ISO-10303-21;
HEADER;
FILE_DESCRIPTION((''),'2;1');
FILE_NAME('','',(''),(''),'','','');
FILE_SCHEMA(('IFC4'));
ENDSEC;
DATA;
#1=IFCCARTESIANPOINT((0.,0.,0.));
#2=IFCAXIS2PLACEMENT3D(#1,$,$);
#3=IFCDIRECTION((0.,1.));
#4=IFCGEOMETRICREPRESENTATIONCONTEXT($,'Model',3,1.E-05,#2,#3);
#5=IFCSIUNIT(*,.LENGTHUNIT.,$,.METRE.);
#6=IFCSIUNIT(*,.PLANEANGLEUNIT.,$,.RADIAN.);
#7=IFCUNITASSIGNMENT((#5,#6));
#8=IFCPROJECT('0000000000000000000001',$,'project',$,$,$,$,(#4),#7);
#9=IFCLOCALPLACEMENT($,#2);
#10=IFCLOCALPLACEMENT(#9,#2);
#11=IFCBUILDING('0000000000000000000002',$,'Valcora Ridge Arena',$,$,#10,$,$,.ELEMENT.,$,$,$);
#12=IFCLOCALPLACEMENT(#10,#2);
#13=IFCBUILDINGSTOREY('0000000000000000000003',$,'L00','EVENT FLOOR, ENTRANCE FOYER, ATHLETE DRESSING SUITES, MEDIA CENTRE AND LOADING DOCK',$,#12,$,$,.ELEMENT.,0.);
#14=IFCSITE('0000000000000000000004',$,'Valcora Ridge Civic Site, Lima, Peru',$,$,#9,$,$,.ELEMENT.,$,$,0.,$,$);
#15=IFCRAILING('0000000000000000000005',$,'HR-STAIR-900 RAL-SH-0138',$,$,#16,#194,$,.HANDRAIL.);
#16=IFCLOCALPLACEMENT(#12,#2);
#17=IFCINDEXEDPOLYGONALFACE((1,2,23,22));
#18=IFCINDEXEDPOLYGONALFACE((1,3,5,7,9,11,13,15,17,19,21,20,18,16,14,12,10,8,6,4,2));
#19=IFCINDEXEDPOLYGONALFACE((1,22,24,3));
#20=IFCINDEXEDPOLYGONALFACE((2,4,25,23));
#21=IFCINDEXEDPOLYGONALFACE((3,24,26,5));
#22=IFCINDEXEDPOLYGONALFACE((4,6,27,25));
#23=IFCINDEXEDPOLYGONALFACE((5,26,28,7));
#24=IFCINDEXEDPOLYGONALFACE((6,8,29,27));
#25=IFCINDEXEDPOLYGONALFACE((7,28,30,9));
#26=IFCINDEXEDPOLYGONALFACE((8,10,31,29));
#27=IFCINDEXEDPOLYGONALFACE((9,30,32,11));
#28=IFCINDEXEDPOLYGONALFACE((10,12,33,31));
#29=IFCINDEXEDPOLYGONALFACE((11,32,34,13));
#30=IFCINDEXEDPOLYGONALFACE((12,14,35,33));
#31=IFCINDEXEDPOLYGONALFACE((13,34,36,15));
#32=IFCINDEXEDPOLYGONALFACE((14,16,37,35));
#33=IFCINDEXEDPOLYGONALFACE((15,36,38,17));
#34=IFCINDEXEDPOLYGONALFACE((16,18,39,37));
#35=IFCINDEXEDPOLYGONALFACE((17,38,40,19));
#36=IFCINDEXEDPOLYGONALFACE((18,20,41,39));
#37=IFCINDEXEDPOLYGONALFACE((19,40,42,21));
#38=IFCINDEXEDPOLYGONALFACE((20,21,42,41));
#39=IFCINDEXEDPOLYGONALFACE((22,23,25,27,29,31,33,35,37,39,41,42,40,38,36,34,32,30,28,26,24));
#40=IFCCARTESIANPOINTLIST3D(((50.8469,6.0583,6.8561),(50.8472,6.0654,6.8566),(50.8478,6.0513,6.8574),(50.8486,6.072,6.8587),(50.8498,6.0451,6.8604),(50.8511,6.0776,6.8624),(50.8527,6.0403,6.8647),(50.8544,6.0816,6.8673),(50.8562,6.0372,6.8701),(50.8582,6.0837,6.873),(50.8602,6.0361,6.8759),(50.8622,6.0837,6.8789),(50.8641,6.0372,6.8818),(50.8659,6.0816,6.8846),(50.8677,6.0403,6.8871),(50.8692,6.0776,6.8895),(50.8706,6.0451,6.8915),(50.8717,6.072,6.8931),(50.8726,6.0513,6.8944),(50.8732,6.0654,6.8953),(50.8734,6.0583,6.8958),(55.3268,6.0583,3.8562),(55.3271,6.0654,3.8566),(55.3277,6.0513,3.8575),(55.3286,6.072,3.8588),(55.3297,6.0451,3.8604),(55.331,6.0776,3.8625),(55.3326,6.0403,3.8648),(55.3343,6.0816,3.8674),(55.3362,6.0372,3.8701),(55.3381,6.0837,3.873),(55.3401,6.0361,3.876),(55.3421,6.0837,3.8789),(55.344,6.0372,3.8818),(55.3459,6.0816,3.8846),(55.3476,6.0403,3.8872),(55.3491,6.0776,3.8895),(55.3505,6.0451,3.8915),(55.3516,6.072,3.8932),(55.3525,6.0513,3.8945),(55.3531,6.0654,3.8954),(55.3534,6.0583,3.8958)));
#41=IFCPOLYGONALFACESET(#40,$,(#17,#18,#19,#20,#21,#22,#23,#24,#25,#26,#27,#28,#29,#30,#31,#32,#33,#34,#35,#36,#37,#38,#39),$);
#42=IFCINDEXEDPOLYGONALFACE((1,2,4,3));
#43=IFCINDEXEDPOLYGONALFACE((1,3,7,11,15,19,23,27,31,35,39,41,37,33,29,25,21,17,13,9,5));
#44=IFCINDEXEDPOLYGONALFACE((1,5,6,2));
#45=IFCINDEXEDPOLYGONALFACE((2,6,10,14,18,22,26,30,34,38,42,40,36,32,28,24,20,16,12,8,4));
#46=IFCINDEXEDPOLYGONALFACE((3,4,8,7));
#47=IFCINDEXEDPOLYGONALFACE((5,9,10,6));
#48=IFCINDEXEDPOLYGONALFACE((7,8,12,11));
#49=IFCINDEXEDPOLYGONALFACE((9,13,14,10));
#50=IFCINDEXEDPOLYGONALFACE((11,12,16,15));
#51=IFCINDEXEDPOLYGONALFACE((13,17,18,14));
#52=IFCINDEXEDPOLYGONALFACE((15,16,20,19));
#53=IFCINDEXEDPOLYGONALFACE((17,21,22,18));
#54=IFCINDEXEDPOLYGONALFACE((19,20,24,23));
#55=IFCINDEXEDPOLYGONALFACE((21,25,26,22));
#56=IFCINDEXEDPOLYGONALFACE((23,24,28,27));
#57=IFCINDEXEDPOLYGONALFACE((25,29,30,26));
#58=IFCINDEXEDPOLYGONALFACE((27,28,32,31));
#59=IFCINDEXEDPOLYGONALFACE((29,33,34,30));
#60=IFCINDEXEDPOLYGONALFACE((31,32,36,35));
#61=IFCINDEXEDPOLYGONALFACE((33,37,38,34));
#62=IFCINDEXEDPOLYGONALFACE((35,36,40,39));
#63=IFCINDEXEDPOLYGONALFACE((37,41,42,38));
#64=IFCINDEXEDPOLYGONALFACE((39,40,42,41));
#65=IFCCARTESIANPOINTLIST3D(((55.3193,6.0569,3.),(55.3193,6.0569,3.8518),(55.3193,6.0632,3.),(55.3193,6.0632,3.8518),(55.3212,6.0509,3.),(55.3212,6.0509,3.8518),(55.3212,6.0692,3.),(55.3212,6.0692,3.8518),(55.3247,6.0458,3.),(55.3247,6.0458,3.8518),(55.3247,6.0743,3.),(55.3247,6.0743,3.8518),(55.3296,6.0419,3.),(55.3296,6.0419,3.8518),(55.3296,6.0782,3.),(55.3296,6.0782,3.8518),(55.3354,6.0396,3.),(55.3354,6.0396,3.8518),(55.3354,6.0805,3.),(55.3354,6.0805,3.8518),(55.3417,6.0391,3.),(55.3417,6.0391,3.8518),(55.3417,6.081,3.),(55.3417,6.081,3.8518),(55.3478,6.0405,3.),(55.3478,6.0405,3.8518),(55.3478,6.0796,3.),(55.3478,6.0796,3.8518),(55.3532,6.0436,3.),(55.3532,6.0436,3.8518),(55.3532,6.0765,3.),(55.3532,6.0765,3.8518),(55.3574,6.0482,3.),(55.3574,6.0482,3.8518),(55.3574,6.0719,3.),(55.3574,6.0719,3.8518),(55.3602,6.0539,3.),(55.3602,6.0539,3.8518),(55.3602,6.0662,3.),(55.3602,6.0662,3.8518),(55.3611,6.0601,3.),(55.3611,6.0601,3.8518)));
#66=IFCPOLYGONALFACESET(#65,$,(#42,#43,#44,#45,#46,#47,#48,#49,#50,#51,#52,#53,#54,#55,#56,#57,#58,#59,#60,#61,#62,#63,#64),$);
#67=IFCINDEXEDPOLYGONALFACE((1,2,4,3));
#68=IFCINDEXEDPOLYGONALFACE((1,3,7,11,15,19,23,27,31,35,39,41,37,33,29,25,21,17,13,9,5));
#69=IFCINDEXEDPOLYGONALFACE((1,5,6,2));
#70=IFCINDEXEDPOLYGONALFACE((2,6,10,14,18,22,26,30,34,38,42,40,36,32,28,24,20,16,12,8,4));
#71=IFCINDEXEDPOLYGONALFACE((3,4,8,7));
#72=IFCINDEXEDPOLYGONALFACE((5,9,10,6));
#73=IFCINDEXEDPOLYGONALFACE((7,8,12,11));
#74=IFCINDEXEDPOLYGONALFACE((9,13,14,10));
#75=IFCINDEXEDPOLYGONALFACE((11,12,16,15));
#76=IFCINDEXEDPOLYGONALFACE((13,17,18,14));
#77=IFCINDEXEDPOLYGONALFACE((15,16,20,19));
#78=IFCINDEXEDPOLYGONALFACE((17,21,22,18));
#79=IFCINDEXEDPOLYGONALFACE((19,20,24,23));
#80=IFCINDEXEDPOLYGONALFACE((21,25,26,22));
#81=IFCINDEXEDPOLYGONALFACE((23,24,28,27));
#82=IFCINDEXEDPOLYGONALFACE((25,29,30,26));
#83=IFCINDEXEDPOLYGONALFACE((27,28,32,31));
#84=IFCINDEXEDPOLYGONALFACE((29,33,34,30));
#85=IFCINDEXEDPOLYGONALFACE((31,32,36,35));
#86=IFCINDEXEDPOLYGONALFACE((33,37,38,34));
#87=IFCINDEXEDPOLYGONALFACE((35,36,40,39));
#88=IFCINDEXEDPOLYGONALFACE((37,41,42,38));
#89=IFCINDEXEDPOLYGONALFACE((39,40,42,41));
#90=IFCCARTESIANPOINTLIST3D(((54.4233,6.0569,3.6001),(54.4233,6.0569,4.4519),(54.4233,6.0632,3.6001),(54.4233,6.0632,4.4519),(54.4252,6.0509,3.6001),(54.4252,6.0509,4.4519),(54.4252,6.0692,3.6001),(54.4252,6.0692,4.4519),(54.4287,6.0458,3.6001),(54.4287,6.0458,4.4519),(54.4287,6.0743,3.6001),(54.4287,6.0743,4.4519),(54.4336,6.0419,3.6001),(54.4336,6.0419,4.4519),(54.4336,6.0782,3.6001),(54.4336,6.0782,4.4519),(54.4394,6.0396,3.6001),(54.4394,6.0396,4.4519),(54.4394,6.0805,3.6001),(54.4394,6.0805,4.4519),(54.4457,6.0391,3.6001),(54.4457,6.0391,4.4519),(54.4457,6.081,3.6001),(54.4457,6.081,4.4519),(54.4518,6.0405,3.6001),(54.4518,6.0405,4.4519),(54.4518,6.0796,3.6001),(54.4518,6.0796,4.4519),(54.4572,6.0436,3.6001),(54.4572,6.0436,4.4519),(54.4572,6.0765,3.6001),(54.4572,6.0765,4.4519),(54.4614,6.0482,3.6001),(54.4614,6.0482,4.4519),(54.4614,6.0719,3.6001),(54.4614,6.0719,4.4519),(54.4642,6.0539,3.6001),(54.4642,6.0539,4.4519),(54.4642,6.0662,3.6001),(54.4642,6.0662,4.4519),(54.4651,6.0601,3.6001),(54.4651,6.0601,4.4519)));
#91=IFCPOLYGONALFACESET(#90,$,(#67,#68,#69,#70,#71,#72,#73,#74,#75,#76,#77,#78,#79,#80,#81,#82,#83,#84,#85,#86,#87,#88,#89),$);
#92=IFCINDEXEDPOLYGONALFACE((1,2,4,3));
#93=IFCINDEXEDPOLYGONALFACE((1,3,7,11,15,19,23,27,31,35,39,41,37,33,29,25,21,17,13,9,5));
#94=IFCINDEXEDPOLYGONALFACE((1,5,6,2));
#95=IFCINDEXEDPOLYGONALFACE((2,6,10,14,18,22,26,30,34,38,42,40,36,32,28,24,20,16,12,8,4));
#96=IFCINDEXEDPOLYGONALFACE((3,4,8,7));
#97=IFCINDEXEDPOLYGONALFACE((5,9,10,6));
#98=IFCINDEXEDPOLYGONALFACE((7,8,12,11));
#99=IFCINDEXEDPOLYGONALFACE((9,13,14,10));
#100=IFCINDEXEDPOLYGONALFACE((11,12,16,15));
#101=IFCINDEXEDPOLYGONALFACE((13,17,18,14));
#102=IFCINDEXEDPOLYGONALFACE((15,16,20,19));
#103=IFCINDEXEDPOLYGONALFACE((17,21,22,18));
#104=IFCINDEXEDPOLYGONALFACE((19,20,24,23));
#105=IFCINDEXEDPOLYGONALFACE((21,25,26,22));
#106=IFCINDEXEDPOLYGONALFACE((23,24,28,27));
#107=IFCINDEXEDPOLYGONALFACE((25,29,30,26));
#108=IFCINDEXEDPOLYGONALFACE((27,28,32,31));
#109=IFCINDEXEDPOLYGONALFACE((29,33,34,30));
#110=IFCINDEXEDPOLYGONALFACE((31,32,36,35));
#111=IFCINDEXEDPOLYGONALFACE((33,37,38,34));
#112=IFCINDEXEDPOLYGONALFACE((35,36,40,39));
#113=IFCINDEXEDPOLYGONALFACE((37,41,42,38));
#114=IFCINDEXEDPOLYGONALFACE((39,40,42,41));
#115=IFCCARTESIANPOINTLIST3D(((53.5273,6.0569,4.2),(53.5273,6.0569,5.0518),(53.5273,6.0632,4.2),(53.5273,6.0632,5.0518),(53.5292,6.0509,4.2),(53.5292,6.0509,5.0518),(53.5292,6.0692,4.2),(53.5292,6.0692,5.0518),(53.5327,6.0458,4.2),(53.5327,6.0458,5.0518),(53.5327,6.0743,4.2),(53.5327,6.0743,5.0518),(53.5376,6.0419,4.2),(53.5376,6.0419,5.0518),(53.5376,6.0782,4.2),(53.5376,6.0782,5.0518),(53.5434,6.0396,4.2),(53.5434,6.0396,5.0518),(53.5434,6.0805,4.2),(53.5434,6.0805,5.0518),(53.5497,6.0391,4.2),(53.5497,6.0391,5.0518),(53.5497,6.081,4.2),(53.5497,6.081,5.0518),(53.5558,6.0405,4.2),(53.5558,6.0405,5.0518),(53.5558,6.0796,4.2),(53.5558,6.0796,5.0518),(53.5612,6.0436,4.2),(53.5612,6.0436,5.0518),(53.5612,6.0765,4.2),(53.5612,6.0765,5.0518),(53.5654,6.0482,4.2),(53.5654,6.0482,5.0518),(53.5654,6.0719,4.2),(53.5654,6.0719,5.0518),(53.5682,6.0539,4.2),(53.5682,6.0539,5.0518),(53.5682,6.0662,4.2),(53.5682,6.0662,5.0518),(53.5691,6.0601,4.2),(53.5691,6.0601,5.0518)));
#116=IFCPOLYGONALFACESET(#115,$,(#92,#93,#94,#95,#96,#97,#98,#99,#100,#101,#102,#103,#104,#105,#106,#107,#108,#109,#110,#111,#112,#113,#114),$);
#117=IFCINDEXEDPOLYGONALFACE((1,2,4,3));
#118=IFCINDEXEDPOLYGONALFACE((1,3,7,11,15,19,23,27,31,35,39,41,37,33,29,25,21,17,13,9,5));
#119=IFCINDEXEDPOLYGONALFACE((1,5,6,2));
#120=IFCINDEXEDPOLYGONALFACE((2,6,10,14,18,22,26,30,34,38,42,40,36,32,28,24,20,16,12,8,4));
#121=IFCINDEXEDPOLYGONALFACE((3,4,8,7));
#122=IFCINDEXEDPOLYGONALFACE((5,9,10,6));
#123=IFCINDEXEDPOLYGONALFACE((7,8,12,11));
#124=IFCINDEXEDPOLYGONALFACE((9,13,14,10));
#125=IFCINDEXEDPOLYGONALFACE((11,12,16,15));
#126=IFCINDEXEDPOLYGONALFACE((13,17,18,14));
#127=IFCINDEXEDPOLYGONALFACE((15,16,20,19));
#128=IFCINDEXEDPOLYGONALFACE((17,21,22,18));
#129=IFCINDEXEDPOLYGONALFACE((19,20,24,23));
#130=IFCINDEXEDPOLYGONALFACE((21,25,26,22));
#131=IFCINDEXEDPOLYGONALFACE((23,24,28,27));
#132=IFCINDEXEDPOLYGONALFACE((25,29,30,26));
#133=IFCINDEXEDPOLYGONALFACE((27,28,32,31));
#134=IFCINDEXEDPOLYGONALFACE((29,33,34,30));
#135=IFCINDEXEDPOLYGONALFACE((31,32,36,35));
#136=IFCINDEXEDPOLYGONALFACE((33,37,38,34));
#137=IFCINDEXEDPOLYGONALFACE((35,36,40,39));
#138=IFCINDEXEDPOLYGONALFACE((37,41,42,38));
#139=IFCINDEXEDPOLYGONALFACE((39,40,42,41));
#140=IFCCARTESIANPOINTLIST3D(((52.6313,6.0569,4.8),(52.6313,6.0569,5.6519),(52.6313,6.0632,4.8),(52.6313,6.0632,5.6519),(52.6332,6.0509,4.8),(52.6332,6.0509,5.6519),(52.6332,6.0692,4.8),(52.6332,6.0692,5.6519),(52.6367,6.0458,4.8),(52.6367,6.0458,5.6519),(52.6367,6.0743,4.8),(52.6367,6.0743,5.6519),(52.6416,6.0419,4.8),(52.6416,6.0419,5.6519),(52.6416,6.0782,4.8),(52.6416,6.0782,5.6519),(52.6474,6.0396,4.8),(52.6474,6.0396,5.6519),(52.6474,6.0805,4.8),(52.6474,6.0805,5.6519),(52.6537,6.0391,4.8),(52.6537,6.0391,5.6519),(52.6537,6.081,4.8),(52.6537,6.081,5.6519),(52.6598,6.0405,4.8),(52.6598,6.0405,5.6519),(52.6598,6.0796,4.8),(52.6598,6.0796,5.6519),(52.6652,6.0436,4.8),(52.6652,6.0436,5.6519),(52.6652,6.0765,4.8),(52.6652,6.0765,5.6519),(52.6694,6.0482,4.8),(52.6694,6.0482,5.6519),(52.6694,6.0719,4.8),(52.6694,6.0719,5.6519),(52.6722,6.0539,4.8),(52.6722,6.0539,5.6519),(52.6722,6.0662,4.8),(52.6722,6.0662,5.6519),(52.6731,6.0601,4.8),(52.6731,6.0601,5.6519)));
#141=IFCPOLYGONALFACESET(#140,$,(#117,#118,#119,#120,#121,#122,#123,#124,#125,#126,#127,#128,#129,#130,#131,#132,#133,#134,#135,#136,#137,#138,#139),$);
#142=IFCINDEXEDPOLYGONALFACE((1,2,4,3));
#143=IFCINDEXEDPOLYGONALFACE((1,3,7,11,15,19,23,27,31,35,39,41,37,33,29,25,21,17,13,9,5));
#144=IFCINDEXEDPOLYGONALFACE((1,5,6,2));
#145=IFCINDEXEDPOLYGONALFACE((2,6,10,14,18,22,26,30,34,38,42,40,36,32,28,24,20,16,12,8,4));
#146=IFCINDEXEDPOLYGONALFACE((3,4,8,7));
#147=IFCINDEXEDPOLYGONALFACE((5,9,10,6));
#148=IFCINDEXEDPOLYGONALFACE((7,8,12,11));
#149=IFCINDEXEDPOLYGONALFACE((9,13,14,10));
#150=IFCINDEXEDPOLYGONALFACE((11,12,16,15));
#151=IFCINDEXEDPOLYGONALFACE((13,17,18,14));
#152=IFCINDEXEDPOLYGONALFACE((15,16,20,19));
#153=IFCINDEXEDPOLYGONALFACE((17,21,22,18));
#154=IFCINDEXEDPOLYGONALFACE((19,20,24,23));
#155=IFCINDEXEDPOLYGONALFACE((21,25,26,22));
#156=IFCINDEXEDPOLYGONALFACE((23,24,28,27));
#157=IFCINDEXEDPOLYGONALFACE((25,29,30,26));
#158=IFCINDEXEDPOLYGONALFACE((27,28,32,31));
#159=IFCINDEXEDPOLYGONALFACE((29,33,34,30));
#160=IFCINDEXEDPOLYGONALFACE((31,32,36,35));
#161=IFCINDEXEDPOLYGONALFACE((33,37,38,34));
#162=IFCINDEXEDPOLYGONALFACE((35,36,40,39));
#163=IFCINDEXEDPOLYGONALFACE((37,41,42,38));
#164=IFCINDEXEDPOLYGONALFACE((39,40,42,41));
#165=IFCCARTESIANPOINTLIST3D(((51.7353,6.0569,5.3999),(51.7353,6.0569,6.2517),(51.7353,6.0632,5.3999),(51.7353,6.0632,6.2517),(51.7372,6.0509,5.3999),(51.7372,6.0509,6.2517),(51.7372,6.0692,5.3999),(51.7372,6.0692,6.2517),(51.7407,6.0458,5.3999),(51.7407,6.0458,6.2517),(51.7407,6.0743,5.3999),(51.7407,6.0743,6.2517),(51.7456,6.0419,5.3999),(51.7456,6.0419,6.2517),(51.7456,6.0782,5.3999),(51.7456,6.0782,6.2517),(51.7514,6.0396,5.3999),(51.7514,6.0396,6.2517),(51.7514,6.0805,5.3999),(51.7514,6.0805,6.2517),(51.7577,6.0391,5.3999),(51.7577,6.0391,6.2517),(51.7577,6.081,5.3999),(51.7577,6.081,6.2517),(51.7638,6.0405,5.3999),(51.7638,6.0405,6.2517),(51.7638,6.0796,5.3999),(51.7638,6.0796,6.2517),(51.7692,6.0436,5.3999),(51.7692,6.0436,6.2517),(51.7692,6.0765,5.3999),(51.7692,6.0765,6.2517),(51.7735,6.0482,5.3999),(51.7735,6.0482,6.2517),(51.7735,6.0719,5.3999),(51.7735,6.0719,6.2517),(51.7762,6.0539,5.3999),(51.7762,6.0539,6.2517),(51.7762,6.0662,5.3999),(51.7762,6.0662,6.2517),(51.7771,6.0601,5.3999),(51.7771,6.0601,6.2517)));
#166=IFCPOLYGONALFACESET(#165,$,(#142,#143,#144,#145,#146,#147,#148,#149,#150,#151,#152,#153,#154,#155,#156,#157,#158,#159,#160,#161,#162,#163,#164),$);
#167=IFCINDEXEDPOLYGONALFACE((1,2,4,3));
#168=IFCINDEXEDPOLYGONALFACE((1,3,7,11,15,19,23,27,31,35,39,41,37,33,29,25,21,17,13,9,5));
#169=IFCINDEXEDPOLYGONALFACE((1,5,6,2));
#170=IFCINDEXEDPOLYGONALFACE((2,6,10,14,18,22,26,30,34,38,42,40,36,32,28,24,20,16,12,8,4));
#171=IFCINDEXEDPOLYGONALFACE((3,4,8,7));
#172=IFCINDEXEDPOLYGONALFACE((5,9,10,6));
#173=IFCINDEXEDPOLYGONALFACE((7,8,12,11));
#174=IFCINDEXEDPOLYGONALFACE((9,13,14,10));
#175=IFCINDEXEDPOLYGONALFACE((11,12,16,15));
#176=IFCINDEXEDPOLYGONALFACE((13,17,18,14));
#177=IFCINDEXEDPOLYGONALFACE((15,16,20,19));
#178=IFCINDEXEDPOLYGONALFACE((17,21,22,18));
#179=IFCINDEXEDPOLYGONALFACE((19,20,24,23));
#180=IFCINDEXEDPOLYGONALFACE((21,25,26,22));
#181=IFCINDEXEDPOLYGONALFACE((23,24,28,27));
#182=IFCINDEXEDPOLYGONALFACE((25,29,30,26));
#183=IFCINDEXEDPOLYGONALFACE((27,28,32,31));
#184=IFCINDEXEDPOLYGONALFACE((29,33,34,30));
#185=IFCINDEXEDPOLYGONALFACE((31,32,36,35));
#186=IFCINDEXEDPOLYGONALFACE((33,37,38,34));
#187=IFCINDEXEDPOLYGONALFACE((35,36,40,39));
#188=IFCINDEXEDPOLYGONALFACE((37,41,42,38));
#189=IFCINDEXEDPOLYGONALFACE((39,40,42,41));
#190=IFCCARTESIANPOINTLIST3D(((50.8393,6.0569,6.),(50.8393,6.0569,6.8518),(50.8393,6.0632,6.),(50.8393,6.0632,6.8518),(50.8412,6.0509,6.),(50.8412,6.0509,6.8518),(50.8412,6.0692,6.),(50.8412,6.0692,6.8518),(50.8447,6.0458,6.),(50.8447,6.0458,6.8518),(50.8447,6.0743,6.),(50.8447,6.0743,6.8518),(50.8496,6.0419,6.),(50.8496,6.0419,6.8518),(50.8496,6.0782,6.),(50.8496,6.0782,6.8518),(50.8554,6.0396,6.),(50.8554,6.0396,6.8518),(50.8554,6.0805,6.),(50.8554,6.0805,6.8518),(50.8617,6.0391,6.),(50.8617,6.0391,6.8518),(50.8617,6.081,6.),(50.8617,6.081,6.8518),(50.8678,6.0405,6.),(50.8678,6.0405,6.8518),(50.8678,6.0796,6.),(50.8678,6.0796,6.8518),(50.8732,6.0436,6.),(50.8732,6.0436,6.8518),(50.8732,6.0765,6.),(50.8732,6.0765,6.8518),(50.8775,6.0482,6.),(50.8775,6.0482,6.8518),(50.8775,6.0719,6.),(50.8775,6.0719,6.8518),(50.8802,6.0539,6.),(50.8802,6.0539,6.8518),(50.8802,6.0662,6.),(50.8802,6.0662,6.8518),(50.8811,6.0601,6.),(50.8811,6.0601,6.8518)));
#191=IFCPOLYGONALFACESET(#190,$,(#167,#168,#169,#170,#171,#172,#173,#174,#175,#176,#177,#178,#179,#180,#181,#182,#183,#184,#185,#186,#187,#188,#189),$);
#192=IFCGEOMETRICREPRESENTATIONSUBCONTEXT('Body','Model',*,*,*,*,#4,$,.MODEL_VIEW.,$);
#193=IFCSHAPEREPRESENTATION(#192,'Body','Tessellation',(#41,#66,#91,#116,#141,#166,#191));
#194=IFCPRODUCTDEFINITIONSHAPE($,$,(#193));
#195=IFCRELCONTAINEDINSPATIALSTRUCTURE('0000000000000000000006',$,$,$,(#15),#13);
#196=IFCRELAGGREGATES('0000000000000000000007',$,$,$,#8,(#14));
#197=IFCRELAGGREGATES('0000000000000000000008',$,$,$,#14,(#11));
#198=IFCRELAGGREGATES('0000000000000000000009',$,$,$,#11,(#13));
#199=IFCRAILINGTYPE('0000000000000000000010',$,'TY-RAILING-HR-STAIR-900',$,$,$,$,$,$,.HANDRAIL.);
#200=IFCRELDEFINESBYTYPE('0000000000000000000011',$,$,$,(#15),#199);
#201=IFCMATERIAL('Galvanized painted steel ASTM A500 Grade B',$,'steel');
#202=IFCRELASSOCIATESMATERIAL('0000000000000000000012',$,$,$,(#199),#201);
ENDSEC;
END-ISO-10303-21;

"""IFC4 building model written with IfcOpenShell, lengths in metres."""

from ifc_helpers import new_model, si_unit, direction, frame, origin, origin_2d, place, context, subcontext, project, spatial, circle, extrude, material, type_object, element, save


model = new_model("IFC4")

# Units and contexts
model_context = context("Model", 3, precision=1e-05, world=origin(), true_north=direction((0.0, 1.0)))
body_context = subcontext(model_context, "Body", "Model", "MODEL_VIEW")
ifc_project = project(units=[si_unit("LENGTHUNIT", "METRE"), si_unit("PLANEANGLEUNIT", "RADIAN")], contexts=[model_context])

# Site, building, storey
site_placement = place(None, origin())
site = spatial("IfcSite", under=ifc_project, at=site_placement, Name="Valcora Ridge Civic Site, Lima, Peru", CompositionType="ELEMENT", RefElevation=0.0)
building_placement = place(site_placement, origin())
building = spatial("IfcBuilding", under=site, at=building_placement, Name="Valcora Ridge Arena", CompositionType="ELEMENT")
storey_placement = place(building_placement, origin())
storey = spatial("IfcBuildingStorey", under=building, at=storey_placement, Name="L00", Description="EVENT FLOOR, ENTRANCE FOYER, ATHLETE DRESSING SUITES, MEDIA CENTRE AND LOADING DOCK", CompositionType="ELEMENT", Elevation=0.0)

# Railing
ifc_material_1 = material(Name="Galvanized painted steel ASTM A500 Grade B", Category="steel")
railing_type = type_object("IfcRailingType", Name="TY-RAILING-HR-STAIR-900", PredefinedType="HANDRAIL", material=ifc_material_1)
railing_placement = place(storey_placement, frame((55.3401, 6.0601, 3.0)))
element("IfcRailing", 1, at=railing_placement, inside=storey, type_object=railing_type, Name="HR-STAIR-900 RAL-SH-0138", PredefinedType="HANDRAIL", context=body_context, shape_type="SweptSolid", body=[
    extrude(circle(Radius=0.0239, at=origin_2d()), frame((0.0, 0.0, 0.876), z_axis=(-0.830906, 0.0, 0.556413), x_axis=(0.0, -1.0, 0.0)), (0.0, 0.0, 1.0), 5.3916),
    extrude(circle(Radius=0.021, at=origin_2d()), origin(), (0.0, 0.0, 1.0), 0.8518),
    extrude(circle(Radius=0.021, at=origin_2d()), frame((-0.896, 0.0, 0.6001)), (0.0, 0.0, 1.0), 0.8518),
    extrude(circle(Radius=0.021, at=origin_2d()), frame((-1.792, 0.0, 1.2)), (0.0, 0.0, 1.0), 0.8518),
    extrude(circle(Radius=0.021, at=origin_2d()), frame((-2.688, 0.0, 1.8)), (0.0, 0.0, 1.0), 0.8518),
    extrude(circle(Radius=0.021, at=origin_2d()), frame((-3.584, 0.0, 2.3999)), (0.0, 0.0, 1.0), 0.8518),
    extrude(circle(Radius=0.021, at=origin_2d()), frame((-4.48, 0.0, 3.0)), (0.0, 0.0, 1.0), 0.8518),
])

save(model, "model.ifc")
